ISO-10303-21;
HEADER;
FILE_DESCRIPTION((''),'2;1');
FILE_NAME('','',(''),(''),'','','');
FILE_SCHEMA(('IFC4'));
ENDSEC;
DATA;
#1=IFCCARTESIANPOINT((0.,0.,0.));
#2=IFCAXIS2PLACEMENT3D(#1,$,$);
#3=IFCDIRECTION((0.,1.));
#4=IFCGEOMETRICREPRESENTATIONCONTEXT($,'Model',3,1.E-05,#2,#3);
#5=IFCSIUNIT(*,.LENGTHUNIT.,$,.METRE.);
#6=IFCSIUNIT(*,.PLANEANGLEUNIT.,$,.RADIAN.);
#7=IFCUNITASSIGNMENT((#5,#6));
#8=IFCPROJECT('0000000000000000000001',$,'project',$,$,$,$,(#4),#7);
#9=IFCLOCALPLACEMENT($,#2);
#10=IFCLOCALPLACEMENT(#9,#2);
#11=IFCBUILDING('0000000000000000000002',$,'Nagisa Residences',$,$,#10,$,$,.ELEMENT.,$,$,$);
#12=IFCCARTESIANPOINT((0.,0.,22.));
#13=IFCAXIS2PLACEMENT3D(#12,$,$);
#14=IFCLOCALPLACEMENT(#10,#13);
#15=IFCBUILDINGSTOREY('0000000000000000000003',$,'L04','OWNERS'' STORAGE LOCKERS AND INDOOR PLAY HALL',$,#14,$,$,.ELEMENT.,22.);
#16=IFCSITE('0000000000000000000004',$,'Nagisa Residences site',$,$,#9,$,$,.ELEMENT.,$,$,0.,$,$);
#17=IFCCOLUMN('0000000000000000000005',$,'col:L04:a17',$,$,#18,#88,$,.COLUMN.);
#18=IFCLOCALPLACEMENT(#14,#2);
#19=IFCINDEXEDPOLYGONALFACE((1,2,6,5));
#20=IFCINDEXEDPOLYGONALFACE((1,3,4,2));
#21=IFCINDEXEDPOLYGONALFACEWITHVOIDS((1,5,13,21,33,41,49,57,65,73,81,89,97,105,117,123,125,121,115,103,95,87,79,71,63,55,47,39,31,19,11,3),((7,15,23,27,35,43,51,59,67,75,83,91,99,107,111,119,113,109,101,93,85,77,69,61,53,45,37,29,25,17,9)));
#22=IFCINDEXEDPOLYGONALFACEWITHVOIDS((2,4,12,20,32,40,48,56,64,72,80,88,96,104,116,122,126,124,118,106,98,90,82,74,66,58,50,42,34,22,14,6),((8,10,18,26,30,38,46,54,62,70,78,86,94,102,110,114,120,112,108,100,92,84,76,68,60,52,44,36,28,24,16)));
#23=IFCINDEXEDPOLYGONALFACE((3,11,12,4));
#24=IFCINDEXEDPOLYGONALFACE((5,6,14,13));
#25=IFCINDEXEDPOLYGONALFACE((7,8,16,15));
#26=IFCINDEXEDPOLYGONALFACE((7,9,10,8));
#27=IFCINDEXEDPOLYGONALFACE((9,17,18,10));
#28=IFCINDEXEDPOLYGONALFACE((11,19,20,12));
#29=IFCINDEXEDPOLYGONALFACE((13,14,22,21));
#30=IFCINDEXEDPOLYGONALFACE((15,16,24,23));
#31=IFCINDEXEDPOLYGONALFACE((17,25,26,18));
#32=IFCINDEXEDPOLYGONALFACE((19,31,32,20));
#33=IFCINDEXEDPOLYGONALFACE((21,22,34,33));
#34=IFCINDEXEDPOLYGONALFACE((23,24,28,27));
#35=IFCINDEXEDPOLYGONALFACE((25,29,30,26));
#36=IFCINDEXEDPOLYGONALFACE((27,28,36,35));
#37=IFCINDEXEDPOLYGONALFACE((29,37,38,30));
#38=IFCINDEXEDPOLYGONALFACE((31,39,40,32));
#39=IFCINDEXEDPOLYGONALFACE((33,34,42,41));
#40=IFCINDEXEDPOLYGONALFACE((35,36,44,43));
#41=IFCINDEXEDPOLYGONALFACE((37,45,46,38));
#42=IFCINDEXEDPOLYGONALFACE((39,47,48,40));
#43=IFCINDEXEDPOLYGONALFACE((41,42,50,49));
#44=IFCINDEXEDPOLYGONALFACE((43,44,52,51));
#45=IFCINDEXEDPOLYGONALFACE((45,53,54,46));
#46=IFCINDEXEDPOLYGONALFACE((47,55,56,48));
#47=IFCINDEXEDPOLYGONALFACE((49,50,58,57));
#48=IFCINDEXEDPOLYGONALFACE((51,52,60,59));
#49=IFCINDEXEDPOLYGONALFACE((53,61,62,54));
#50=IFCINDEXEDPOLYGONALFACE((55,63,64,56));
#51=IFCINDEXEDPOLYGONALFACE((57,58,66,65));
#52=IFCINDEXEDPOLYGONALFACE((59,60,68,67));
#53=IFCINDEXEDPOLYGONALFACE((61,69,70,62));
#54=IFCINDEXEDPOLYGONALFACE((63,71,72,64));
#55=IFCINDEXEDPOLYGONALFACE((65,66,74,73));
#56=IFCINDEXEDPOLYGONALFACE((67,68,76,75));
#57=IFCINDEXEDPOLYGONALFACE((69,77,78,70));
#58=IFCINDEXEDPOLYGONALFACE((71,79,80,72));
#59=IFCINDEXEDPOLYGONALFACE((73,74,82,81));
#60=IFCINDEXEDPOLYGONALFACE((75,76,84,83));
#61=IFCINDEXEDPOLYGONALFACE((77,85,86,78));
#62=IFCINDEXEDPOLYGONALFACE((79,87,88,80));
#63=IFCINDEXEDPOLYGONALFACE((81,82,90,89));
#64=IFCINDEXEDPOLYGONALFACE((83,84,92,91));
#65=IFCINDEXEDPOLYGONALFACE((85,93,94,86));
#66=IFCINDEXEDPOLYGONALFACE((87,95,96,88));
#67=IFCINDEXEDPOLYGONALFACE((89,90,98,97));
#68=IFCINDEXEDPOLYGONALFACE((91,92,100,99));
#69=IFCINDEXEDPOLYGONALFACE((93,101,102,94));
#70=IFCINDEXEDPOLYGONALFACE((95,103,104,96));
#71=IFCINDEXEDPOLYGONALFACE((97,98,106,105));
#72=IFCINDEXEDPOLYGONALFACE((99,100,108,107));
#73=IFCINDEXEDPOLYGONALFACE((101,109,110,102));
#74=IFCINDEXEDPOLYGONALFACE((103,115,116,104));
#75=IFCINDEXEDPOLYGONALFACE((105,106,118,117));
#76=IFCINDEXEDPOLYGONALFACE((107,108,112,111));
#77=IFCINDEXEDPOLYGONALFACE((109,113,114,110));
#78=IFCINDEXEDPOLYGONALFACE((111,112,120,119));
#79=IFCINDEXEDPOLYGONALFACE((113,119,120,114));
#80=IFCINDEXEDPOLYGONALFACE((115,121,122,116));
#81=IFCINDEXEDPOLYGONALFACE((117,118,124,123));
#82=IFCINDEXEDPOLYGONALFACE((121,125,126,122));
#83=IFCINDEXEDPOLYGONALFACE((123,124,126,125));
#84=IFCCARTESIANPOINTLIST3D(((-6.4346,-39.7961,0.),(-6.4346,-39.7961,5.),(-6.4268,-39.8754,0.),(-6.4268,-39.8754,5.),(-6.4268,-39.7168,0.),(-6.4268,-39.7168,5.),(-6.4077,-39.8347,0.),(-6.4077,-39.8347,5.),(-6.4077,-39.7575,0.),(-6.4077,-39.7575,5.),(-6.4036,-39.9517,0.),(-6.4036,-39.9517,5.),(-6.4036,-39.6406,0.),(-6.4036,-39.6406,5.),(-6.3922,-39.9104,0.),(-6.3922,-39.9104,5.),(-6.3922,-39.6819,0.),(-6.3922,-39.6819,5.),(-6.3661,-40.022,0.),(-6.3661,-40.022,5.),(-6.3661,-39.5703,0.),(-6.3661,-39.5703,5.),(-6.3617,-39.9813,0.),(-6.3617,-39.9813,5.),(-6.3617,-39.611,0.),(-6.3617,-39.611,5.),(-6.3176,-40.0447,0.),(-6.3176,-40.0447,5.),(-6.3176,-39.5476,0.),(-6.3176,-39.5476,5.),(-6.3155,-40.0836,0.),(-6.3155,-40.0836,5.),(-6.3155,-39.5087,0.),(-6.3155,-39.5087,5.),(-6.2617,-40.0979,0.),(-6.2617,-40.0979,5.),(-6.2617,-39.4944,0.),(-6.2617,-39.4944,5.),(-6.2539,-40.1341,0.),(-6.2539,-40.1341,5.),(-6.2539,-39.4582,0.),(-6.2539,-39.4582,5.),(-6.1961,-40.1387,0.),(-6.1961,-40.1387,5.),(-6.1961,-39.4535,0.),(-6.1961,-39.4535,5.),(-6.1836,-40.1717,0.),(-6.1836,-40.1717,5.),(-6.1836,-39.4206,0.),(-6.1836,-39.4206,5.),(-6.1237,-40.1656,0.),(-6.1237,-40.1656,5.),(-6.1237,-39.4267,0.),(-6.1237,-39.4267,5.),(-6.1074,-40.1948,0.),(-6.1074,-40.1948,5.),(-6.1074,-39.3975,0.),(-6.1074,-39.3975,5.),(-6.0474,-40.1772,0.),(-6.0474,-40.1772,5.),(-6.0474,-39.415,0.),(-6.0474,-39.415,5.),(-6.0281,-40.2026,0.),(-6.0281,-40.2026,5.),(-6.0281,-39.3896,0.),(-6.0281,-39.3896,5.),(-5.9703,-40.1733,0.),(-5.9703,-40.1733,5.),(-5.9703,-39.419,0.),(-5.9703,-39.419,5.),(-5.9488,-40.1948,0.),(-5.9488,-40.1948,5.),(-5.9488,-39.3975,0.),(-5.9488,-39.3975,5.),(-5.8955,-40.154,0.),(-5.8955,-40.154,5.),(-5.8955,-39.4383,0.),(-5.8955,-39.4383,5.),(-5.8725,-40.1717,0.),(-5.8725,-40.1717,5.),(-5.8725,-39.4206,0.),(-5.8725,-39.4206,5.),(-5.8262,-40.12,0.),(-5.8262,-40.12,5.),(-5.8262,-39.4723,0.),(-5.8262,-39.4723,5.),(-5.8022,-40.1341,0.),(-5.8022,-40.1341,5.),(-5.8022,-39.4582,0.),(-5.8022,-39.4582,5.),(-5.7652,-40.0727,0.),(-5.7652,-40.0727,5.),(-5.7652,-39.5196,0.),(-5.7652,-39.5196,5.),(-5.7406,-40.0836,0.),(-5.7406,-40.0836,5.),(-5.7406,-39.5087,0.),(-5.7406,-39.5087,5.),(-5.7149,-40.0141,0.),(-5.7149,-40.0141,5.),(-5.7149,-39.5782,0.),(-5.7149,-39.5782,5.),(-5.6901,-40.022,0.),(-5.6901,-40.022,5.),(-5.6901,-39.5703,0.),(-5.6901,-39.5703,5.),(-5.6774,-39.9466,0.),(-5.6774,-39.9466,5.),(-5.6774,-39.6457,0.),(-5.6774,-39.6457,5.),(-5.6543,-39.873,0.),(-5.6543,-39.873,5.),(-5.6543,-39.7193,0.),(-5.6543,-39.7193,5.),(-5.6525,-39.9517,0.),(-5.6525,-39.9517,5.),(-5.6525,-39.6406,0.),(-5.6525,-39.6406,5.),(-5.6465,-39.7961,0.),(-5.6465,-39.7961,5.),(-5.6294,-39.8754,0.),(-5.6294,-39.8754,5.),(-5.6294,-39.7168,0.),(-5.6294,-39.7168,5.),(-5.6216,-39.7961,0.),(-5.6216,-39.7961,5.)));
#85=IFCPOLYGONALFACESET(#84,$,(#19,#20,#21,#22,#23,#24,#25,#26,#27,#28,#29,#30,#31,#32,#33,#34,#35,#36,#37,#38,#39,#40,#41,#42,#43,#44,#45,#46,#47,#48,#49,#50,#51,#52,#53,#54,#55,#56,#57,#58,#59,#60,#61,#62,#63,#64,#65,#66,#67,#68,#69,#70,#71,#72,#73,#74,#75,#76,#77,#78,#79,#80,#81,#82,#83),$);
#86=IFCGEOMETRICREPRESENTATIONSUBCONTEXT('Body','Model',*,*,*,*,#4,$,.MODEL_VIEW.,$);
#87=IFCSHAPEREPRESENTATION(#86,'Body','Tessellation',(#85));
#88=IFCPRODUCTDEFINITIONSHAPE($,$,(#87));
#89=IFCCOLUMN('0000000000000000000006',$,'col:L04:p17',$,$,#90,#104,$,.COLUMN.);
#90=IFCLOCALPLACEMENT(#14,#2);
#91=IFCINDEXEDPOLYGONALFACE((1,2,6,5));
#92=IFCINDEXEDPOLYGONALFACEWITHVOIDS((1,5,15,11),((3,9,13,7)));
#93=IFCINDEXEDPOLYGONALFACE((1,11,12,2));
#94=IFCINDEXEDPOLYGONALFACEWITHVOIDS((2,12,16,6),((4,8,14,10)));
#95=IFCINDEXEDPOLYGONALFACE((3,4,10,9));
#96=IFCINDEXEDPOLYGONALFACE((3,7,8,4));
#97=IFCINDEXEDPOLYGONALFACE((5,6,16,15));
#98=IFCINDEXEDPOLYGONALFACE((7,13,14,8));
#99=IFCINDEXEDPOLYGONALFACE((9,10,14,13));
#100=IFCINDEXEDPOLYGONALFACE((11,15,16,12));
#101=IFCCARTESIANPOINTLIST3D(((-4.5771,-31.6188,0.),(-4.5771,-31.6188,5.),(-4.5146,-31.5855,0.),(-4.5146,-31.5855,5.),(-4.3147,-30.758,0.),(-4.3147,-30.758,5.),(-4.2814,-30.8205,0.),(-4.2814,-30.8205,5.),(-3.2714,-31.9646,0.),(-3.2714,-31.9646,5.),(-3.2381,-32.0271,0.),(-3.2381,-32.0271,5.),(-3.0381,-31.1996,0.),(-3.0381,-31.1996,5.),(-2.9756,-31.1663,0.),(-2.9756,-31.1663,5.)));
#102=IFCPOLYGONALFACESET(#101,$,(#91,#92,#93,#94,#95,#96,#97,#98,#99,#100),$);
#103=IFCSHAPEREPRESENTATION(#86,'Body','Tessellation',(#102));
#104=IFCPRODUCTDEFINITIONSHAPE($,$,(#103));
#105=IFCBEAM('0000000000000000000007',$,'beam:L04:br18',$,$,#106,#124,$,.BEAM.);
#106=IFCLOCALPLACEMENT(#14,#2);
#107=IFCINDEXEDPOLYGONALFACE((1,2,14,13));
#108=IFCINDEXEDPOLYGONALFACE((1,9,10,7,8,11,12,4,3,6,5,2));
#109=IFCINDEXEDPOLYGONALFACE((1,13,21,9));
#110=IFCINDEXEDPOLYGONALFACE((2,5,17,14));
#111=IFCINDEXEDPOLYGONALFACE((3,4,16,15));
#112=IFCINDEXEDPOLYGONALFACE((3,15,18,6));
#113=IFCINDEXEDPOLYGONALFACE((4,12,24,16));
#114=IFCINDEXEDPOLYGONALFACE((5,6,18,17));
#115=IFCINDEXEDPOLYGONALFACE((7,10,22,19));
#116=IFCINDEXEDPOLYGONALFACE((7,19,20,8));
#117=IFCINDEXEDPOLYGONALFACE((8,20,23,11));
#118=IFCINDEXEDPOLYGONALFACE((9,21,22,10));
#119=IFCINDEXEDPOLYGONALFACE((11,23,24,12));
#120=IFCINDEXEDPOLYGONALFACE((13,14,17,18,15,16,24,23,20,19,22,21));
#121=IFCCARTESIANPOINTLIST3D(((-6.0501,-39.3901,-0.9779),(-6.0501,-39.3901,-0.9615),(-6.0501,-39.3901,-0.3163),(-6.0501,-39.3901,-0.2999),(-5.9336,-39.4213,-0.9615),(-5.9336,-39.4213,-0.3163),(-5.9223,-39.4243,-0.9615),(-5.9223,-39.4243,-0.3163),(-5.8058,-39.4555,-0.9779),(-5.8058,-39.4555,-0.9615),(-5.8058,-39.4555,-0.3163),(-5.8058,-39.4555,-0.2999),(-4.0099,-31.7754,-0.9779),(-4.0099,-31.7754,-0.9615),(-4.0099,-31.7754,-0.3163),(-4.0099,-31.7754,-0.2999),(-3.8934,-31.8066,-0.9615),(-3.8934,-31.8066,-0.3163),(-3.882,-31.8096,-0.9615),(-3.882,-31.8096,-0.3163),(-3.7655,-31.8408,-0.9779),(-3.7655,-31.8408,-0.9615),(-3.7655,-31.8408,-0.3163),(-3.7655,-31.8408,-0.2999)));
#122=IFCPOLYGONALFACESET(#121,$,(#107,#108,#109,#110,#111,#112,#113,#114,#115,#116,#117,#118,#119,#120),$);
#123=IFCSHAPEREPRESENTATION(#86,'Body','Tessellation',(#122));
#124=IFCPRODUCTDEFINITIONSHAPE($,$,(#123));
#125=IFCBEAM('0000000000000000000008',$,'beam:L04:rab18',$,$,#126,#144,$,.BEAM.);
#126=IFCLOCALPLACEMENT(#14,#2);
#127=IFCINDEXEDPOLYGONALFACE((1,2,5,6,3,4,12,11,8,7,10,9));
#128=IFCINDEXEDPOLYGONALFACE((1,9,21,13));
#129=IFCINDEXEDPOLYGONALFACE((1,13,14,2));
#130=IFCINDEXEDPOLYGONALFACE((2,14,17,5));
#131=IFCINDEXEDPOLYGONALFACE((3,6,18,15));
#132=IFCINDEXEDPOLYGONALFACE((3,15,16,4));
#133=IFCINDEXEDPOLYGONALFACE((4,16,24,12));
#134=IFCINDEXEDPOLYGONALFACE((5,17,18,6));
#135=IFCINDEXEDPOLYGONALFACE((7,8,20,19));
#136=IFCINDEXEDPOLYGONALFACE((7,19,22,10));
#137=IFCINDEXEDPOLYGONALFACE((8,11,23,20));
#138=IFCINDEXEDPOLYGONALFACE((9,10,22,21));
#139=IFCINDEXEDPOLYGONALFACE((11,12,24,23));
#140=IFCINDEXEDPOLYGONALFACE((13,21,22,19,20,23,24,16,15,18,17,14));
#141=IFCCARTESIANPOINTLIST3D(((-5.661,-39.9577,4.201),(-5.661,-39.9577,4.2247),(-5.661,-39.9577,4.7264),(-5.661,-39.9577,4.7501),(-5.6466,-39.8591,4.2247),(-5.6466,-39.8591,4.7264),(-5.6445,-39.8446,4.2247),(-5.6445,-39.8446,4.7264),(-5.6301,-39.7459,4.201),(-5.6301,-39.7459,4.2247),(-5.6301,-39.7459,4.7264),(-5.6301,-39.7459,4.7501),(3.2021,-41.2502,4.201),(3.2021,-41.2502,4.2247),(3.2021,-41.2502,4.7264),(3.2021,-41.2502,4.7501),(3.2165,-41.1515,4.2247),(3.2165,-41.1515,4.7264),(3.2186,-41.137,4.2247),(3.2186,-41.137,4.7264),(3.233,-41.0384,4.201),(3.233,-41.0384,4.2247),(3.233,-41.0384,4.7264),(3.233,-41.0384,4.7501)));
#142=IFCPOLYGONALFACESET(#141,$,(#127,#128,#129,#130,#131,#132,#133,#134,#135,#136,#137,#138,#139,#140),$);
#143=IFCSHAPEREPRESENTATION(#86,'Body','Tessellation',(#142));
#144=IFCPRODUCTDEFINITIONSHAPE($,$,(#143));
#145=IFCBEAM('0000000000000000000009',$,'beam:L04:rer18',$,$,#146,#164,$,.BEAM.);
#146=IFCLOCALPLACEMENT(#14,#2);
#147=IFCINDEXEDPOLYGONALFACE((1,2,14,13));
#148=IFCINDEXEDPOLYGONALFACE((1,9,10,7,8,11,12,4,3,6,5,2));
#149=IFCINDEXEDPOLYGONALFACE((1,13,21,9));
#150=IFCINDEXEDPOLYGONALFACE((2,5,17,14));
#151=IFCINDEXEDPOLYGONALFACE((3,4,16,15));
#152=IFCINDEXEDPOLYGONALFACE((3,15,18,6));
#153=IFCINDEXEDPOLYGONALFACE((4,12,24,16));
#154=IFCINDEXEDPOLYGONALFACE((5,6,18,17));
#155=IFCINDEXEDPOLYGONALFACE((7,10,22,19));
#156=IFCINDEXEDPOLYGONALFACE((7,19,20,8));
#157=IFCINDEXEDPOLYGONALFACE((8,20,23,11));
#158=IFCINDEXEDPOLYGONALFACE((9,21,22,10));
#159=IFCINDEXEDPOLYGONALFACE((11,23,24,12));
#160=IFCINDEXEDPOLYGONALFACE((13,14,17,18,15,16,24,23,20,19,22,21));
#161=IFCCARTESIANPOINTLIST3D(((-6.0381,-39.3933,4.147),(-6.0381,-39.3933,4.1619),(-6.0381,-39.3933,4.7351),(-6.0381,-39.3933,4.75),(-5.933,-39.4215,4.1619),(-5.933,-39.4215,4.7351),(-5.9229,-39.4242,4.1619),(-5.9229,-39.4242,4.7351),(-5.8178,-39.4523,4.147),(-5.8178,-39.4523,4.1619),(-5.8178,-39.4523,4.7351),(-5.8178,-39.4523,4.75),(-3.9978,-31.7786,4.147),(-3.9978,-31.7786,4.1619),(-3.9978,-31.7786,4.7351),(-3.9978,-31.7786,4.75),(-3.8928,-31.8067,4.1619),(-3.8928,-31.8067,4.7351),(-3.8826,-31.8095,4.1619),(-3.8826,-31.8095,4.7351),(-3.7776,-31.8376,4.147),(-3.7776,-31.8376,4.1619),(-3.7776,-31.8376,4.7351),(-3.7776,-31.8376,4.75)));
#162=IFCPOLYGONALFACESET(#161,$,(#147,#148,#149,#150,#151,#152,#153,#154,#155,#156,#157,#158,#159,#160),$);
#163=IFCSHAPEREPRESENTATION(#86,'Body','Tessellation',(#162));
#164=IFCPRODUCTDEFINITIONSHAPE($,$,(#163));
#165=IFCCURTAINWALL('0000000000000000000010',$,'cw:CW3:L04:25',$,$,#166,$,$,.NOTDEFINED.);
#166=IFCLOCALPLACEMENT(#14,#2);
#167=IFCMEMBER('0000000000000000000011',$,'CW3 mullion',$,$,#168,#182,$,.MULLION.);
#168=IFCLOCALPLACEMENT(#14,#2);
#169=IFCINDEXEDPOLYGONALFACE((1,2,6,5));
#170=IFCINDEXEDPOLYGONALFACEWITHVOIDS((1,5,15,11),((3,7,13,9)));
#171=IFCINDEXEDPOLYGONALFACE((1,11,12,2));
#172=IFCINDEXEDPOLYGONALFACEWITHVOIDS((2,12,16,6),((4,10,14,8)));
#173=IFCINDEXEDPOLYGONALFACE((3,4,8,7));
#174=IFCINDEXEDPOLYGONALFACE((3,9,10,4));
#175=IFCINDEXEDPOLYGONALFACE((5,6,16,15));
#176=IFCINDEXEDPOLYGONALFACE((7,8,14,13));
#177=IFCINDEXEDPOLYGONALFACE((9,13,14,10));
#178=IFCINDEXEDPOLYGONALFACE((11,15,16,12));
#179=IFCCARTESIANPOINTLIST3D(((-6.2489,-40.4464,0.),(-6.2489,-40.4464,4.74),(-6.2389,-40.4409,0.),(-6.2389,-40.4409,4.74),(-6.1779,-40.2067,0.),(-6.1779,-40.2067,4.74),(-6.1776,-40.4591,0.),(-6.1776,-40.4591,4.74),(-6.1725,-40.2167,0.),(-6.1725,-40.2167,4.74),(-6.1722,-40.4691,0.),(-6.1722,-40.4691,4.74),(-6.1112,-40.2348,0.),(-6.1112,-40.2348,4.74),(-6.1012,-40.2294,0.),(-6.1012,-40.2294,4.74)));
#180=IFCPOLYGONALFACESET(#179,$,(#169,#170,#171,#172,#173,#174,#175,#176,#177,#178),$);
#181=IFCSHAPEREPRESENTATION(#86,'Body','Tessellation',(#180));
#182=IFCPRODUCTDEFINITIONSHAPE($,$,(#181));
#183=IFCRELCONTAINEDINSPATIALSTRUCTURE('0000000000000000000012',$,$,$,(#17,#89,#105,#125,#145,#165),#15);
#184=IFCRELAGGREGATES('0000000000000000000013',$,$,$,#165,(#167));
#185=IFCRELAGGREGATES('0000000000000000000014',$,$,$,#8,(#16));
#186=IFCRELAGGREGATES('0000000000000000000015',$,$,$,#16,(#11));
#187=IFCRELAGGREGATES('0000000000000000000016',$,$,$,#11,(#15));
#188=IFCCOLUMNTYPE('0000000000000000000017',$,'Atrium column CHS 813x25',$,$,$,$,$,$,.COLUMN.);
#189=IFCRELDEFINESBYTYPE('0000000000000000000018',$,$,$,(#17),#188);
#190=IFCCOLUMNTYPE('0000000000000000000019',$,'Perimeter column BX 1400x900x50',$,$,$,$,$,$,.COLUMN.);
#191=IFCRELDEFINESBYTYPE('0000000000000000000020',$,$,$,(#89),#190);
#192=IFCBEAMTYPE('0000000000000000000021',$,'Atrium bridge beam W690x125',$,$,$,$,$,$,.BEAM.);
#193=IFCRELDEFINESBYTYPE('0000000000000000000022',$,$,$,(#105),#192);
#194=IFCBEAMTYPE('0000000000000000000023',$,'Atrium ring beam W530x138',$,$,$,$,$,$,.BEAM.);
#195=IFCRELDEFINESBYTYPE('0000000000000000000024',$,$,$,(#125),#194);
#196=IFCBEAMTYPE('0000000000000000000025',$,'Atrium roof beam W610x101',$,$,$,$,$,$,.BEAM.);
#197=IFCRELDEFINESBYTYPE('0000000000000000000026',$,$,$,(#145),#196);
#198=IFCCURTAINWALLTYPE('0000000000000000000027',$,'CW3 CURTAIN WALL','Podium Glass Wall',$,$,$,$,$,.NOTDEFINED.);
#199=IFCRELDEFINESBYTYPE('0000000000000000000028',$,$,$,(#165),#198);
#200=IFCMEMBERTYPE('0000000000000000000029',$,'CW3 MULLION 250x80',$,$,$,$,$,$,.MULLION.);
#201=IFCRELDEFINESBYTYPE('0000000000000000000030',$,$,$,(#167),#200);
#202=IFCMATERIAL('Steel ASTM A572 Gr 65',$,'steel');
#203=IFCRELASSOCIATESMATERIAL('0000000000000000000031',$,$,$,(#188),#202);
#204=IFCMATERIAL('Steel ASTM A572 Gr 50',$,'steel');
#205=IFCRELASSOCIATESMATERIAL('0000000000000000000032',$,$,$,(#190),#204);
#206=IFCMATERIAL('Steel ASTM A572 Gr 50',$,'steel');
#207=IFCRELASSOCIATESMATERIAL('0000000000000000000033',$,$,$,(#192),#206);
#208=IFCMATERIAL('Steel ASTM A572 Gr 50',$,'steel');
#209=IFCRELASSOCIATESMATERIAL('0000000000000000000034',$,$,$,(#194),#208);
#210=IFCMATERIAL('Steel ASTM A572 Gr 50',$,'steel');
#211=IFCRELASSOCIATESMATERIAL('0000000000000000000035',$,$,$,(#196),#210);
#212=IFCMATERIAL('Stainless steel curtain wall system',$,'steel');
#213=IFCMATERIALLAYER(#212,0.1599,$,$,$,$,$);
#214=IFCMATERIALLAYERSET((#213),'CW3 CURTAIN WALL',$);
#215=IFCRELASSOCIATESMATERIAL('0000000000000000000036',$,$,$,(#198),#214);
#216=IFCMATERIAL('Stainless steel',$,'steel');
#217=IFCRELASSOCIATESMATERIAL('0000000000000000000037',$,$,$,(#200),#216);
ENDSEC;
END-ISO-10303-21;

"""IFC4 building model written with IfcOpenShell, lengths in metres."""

from ifc_helpers import new_model, si_unit, direction, frame, origin, origin_2d, place, context, subcontext, project, spatial, hollow_rectangle, hollow_circle, i_section, extrude, material, layer, layer_set, material_profile, profile_set, type_object, element, aggregate, save


model = new_model("IFC4")

# Units and contexts
model_context = context("Model", 3, precision=1e-05, world=origin(), true_north=direction((0.0, 1.0)))
body_context = subcontext(model_context, "Body", "Model", "MODEL_VIEW")
ifc_project = project(units=[si_unit("LENGTHUNIT", "METRE"), si_unit("PLANEANGLEUNIT", "RADIAN")], contexts=[model_context])

# Site, building, storey
site_placement = place(None, origin())
site = spatial("IfcSite", under=ifc_project, at=site_placement, Name="Nagisa Residences site", CompositionType="ELEMENT", RefElevation=0.0)
building_placement = place(site_placement, origin())
building = spatial("IfcBuilding", under=site, at=building_placement, Name="Nagisa Residences", CompositionType="ELEMENT")
storey_placement = place(building_placement, frame((0.0, 0.0, 22.0)))
storey = spatial("IfcBuildingStorey", under=building, at=storey_placement, Name="L04", Description="OWNERS' STORAGE LOCKERS AND INDOOR PLAY HALL", CompositionType="ELEMENT", Elevation=22.0)

# Columns
ifc_material_1 = material(Name="Steel ASTM A572 Gr 65", Category="steel")
ifc_material_profile_1 = material_profile(ifc_material_1, hollow_circle(Radius=0.4065, WallThickness=0.0249, at=origin_2d()), Name="CHS 813x25")
ifc_profile_set_1 = profile_set([ifc_material_profile_1], Name="Steel ASTM A572 Gr 65")
column_type_1 = type_object("IfcColumnType", Name="Atrium column CHS 813x25", PredefinedType="COLUMN", material=ifc_profile_set_1)
column_1_placement = place(storey_placement, frame((-6.0281, -39.7961, 0.0), z_axis=(0.0, 0.0, 1.0), x_axis=(1.0, 0.0, 0.0)))
element("IfcColumn", 1, at=column_1_placement, inside=storey, type_object=column_type_1, Name="col:L04:a17", PredefinedType="COLUMN", context=body_context, shape_type="SweptSolid", body=[
    extrude(hollow_circle(Radius=0.4065, WallThickness=0.0249, at=origin_2d()), origin(), (0.0, 0.0, 1.0), 5.0),
])
ifc_material_2 = material(Name="Steel ASTM A572 Gr 50", Category="steel")
ifc_material_profile_2 = material_profile(ifc_material_2, hollow_rectangle(XDim=1.3999, YDim=0.8999, WallThickness=0.05, at=origin_2d()), Name="BX 1400x900x50")
ifc_profile_set_2 = profile_set([ifc_material_profile_2], Name="Steel ASTM A572 Gr 50")
column_type_2 = type_object("IfcColumnType", Name="Perimeter column BX 1400x900x50", PredefinedType="COLUMN", material=ifc_profile_set_2)
column_2_placement = place(storey_placement, frame((-3.7764, -31.3926, 0.0), z_axis=(0.0, 0.0, 1.0), x_axis=(0.956525, -0.291652, 0.0)))
element("IfcColumn", 2, at=column_2_placement, inside=storey, type_object=column_type_2, Name="col:L04:p17", PredefinedType="COLUMN", context=body_context, shape_type="SweptSolid", body=[
    extrude(hollow_rectangle(XDim=1.3999, YDim=0.8999, WallThickness=0.05, at=origin_2d()), origin(), (0.0, 0.0, 1.0), 5.0),
])

# Beams
ifc_material_3 = material(Name="Steel ASTM A572 Gr 50", Category="steel")
ifc_material_profile_3 = material_profile(ifc_material_3, i_section(OverallWidth=0.2529, OverallDepth=0.678, WebThickness=0.0117, FlangeThickness=0.0164, at=origin_2d()), Name="W690x125")
ifc_profile_set_3 = profile_set([ifc_material_profile_3], Name="Steel ASTM A572 Gr 50")
beam_type_1 = type_object("IfcBeamType", Name="Atrium bridge beam W690x125", PredefinedType="BEAM", material=ifc_profile_set_3)
beam_1_placement = place(storey_placement, frame((-3.8877, -31.8081, -0.6389), z_axis=(-0.258809, -0.965928, 0.0), x_axis=(0.965928, -0.258809, 0.0)))
element("IfcBeam", 3, at=beam_1_placement, inside=storey, type_object=beam_type_1, Name="beam:L04:br18", PredefinedType="BEAM", context=body_context, shape_type="SweptSolid", body=[
    extrude(i_section(OverallWidth=0.2529, OverallDepth=0.678, WebThickness=0.0117, FlangeThickness=0.0164, at=origin_2d()), origin(), (0.0, 0.0, 1.0), 7.8833),
])
ifc_material_4 = material(Name="Steel ASTM A572 Gr 50", Category="steel")
ifc_material_profile_4 = material_profile(ifc_material_4, i_section(OverallWidth=0.2141, OverallDepth=0.5491, WebThickness=0.0146, FlangeThickness=0.0237, at=origin_2d()), Name="W530x138")
ifc_profile_set_4 = profile_set([ifc_material_profile_4], Name="Steel ASTM A572 Gr 50")
beam_type_2 = type_object("IfcBeamType", Name="Atrium ring beam W530x138", PredefinedType="BEAM", material=ifc_profile_set_4)
beam_2_placement = place(storey_placement, frame((-5.6455, -39.8518, 4.4756), z_axis=(0.989534, -0.144302, 0.0), x_axis=(0.144302, 0.989534, 0.0)))
element("IfcBeam", 4, at=beam_2_placement, inside=storey, type_object=beam_type_2, Name="beam:L04:rab18", PredefinedType="BEAM", context=body_context, shape_type="SweptSolid", body=[
    extrude(i_section(OverallWidth=0.2141, OverallDepth=0.5491, WebThickness=0.0146, FlangeThickness=0.0237, at=origin_2d()), origin(), (0.0, 0.0, 1.0), 8.9568),
])
ifc_material_5 = material(Name="Steel ASTM A572 Gr 50", Category="steel")
ifc_material_profile_5 = material_profile(ifc_material_5, i_section(OverallWidth=0.228, OverallDepth=0.603, WebThickness=0.0105, FlangeThickness=0.0149, at=origin_2d()), Name="W610x101")
ifc_profile_set_5 = profile_set([ifc_material_profile_5], Name="Steel ASTM A572 Gr 50")
beam_type_3 = type_object("IfcBeamType", Name="Atrium roof beam W610x101", PredefinedType="BEAM", material=ifc_profile_set_5)
beam_3_placement = place(storey_placement, frame((-3.8877, -31.8081, 4.4485), z_axis=(-0.258809, -0.965928, 0.0), x_axis=(0.965928, -0.258809, 0.0)))
element("IfcBeam", 5, at=beam_3_placement, inside=storey, type_object=beam_type_3, Name="beam:L04:rer18", PredefinedType="BEAM", context=body_context, shape_type="SweptSolid", body=[
    extrude(i_section(OverallWidth=0.228, OverallDepth=0.603, WebThickness=0.0105, FlangeThickness=0.0149, at=origin_2d()), origin(), (0.0, 0.0, 1.0), 7.8833),
])

# Curtain wall, member
ifc_material_6 = material(Name="Stainless steel curtain wall system", Category="steel")
ifc_layer_1 = layer(ifc_material_6, 0.1599)
ifc_layer_set_1 = layer_set([ifc_layer_1], Name="CW3 CURTAIN WALL")
curtain_wall_type_1 = type_object("IfcCurtainWallType", Name="CW3 CURTAIN WALL", Description="Podium Glass Wall", PredefinedType="NOTDEFINED", material=ifc_layer_set_1)
curtain_wall_1_placement = place(storey_placement, origin())
curtain_wall_1 = element("IfcCurtainWall", 6, at=curtain_wall_1_placement, inside=storey, type_object=curtain_wall_type_1, Name="cw:CW3:L04:25", PredefinedType="NOTDEFINED")
ifc_material_7 = material(Name="Stainless steel", Category="steel")
ifc_material_profile_6 = material_profile(ifc_material_7, hollow_rectangle(XDim=0.25, YDim=0.0801, WallThickness=0.0081, at=origin_2d()), Name="CW3 MULLION 250x80")
ifc_profile_set_6 = profile_set([ifc_material_profile_6], Name="Stainless steel")
member_type_1 = type_object("IfcMemberType", Name="CW3 MULLION 250x80", PredefinedType="MULLION", material=ifc_profile_set_6)
member_1_placement = place(storey_placement, frame((-6.175, -40.3379, 0.0), z_axis=(0.0, 0.0, 1.0), x_axis=(0.283963, 0.958835, 0.0)))
member_1 = element("IfcMember", 7, at=member_1_placement, type_object=member_type_1, Name="CW3 mullion", PredefinedType="MULLION", context=body_context, shape_type="SweptSolid", body=[
    extrude(hollow_rectangle(XDim=0.25, YDim=0.0801, WallThickness=0.0081, at=origin_2d()), origin(), (0.0, 0.0, 1.0), 4.74),
])

aggregate(curtain_wall_1, [member_1])

save(model, "model.ifc")
